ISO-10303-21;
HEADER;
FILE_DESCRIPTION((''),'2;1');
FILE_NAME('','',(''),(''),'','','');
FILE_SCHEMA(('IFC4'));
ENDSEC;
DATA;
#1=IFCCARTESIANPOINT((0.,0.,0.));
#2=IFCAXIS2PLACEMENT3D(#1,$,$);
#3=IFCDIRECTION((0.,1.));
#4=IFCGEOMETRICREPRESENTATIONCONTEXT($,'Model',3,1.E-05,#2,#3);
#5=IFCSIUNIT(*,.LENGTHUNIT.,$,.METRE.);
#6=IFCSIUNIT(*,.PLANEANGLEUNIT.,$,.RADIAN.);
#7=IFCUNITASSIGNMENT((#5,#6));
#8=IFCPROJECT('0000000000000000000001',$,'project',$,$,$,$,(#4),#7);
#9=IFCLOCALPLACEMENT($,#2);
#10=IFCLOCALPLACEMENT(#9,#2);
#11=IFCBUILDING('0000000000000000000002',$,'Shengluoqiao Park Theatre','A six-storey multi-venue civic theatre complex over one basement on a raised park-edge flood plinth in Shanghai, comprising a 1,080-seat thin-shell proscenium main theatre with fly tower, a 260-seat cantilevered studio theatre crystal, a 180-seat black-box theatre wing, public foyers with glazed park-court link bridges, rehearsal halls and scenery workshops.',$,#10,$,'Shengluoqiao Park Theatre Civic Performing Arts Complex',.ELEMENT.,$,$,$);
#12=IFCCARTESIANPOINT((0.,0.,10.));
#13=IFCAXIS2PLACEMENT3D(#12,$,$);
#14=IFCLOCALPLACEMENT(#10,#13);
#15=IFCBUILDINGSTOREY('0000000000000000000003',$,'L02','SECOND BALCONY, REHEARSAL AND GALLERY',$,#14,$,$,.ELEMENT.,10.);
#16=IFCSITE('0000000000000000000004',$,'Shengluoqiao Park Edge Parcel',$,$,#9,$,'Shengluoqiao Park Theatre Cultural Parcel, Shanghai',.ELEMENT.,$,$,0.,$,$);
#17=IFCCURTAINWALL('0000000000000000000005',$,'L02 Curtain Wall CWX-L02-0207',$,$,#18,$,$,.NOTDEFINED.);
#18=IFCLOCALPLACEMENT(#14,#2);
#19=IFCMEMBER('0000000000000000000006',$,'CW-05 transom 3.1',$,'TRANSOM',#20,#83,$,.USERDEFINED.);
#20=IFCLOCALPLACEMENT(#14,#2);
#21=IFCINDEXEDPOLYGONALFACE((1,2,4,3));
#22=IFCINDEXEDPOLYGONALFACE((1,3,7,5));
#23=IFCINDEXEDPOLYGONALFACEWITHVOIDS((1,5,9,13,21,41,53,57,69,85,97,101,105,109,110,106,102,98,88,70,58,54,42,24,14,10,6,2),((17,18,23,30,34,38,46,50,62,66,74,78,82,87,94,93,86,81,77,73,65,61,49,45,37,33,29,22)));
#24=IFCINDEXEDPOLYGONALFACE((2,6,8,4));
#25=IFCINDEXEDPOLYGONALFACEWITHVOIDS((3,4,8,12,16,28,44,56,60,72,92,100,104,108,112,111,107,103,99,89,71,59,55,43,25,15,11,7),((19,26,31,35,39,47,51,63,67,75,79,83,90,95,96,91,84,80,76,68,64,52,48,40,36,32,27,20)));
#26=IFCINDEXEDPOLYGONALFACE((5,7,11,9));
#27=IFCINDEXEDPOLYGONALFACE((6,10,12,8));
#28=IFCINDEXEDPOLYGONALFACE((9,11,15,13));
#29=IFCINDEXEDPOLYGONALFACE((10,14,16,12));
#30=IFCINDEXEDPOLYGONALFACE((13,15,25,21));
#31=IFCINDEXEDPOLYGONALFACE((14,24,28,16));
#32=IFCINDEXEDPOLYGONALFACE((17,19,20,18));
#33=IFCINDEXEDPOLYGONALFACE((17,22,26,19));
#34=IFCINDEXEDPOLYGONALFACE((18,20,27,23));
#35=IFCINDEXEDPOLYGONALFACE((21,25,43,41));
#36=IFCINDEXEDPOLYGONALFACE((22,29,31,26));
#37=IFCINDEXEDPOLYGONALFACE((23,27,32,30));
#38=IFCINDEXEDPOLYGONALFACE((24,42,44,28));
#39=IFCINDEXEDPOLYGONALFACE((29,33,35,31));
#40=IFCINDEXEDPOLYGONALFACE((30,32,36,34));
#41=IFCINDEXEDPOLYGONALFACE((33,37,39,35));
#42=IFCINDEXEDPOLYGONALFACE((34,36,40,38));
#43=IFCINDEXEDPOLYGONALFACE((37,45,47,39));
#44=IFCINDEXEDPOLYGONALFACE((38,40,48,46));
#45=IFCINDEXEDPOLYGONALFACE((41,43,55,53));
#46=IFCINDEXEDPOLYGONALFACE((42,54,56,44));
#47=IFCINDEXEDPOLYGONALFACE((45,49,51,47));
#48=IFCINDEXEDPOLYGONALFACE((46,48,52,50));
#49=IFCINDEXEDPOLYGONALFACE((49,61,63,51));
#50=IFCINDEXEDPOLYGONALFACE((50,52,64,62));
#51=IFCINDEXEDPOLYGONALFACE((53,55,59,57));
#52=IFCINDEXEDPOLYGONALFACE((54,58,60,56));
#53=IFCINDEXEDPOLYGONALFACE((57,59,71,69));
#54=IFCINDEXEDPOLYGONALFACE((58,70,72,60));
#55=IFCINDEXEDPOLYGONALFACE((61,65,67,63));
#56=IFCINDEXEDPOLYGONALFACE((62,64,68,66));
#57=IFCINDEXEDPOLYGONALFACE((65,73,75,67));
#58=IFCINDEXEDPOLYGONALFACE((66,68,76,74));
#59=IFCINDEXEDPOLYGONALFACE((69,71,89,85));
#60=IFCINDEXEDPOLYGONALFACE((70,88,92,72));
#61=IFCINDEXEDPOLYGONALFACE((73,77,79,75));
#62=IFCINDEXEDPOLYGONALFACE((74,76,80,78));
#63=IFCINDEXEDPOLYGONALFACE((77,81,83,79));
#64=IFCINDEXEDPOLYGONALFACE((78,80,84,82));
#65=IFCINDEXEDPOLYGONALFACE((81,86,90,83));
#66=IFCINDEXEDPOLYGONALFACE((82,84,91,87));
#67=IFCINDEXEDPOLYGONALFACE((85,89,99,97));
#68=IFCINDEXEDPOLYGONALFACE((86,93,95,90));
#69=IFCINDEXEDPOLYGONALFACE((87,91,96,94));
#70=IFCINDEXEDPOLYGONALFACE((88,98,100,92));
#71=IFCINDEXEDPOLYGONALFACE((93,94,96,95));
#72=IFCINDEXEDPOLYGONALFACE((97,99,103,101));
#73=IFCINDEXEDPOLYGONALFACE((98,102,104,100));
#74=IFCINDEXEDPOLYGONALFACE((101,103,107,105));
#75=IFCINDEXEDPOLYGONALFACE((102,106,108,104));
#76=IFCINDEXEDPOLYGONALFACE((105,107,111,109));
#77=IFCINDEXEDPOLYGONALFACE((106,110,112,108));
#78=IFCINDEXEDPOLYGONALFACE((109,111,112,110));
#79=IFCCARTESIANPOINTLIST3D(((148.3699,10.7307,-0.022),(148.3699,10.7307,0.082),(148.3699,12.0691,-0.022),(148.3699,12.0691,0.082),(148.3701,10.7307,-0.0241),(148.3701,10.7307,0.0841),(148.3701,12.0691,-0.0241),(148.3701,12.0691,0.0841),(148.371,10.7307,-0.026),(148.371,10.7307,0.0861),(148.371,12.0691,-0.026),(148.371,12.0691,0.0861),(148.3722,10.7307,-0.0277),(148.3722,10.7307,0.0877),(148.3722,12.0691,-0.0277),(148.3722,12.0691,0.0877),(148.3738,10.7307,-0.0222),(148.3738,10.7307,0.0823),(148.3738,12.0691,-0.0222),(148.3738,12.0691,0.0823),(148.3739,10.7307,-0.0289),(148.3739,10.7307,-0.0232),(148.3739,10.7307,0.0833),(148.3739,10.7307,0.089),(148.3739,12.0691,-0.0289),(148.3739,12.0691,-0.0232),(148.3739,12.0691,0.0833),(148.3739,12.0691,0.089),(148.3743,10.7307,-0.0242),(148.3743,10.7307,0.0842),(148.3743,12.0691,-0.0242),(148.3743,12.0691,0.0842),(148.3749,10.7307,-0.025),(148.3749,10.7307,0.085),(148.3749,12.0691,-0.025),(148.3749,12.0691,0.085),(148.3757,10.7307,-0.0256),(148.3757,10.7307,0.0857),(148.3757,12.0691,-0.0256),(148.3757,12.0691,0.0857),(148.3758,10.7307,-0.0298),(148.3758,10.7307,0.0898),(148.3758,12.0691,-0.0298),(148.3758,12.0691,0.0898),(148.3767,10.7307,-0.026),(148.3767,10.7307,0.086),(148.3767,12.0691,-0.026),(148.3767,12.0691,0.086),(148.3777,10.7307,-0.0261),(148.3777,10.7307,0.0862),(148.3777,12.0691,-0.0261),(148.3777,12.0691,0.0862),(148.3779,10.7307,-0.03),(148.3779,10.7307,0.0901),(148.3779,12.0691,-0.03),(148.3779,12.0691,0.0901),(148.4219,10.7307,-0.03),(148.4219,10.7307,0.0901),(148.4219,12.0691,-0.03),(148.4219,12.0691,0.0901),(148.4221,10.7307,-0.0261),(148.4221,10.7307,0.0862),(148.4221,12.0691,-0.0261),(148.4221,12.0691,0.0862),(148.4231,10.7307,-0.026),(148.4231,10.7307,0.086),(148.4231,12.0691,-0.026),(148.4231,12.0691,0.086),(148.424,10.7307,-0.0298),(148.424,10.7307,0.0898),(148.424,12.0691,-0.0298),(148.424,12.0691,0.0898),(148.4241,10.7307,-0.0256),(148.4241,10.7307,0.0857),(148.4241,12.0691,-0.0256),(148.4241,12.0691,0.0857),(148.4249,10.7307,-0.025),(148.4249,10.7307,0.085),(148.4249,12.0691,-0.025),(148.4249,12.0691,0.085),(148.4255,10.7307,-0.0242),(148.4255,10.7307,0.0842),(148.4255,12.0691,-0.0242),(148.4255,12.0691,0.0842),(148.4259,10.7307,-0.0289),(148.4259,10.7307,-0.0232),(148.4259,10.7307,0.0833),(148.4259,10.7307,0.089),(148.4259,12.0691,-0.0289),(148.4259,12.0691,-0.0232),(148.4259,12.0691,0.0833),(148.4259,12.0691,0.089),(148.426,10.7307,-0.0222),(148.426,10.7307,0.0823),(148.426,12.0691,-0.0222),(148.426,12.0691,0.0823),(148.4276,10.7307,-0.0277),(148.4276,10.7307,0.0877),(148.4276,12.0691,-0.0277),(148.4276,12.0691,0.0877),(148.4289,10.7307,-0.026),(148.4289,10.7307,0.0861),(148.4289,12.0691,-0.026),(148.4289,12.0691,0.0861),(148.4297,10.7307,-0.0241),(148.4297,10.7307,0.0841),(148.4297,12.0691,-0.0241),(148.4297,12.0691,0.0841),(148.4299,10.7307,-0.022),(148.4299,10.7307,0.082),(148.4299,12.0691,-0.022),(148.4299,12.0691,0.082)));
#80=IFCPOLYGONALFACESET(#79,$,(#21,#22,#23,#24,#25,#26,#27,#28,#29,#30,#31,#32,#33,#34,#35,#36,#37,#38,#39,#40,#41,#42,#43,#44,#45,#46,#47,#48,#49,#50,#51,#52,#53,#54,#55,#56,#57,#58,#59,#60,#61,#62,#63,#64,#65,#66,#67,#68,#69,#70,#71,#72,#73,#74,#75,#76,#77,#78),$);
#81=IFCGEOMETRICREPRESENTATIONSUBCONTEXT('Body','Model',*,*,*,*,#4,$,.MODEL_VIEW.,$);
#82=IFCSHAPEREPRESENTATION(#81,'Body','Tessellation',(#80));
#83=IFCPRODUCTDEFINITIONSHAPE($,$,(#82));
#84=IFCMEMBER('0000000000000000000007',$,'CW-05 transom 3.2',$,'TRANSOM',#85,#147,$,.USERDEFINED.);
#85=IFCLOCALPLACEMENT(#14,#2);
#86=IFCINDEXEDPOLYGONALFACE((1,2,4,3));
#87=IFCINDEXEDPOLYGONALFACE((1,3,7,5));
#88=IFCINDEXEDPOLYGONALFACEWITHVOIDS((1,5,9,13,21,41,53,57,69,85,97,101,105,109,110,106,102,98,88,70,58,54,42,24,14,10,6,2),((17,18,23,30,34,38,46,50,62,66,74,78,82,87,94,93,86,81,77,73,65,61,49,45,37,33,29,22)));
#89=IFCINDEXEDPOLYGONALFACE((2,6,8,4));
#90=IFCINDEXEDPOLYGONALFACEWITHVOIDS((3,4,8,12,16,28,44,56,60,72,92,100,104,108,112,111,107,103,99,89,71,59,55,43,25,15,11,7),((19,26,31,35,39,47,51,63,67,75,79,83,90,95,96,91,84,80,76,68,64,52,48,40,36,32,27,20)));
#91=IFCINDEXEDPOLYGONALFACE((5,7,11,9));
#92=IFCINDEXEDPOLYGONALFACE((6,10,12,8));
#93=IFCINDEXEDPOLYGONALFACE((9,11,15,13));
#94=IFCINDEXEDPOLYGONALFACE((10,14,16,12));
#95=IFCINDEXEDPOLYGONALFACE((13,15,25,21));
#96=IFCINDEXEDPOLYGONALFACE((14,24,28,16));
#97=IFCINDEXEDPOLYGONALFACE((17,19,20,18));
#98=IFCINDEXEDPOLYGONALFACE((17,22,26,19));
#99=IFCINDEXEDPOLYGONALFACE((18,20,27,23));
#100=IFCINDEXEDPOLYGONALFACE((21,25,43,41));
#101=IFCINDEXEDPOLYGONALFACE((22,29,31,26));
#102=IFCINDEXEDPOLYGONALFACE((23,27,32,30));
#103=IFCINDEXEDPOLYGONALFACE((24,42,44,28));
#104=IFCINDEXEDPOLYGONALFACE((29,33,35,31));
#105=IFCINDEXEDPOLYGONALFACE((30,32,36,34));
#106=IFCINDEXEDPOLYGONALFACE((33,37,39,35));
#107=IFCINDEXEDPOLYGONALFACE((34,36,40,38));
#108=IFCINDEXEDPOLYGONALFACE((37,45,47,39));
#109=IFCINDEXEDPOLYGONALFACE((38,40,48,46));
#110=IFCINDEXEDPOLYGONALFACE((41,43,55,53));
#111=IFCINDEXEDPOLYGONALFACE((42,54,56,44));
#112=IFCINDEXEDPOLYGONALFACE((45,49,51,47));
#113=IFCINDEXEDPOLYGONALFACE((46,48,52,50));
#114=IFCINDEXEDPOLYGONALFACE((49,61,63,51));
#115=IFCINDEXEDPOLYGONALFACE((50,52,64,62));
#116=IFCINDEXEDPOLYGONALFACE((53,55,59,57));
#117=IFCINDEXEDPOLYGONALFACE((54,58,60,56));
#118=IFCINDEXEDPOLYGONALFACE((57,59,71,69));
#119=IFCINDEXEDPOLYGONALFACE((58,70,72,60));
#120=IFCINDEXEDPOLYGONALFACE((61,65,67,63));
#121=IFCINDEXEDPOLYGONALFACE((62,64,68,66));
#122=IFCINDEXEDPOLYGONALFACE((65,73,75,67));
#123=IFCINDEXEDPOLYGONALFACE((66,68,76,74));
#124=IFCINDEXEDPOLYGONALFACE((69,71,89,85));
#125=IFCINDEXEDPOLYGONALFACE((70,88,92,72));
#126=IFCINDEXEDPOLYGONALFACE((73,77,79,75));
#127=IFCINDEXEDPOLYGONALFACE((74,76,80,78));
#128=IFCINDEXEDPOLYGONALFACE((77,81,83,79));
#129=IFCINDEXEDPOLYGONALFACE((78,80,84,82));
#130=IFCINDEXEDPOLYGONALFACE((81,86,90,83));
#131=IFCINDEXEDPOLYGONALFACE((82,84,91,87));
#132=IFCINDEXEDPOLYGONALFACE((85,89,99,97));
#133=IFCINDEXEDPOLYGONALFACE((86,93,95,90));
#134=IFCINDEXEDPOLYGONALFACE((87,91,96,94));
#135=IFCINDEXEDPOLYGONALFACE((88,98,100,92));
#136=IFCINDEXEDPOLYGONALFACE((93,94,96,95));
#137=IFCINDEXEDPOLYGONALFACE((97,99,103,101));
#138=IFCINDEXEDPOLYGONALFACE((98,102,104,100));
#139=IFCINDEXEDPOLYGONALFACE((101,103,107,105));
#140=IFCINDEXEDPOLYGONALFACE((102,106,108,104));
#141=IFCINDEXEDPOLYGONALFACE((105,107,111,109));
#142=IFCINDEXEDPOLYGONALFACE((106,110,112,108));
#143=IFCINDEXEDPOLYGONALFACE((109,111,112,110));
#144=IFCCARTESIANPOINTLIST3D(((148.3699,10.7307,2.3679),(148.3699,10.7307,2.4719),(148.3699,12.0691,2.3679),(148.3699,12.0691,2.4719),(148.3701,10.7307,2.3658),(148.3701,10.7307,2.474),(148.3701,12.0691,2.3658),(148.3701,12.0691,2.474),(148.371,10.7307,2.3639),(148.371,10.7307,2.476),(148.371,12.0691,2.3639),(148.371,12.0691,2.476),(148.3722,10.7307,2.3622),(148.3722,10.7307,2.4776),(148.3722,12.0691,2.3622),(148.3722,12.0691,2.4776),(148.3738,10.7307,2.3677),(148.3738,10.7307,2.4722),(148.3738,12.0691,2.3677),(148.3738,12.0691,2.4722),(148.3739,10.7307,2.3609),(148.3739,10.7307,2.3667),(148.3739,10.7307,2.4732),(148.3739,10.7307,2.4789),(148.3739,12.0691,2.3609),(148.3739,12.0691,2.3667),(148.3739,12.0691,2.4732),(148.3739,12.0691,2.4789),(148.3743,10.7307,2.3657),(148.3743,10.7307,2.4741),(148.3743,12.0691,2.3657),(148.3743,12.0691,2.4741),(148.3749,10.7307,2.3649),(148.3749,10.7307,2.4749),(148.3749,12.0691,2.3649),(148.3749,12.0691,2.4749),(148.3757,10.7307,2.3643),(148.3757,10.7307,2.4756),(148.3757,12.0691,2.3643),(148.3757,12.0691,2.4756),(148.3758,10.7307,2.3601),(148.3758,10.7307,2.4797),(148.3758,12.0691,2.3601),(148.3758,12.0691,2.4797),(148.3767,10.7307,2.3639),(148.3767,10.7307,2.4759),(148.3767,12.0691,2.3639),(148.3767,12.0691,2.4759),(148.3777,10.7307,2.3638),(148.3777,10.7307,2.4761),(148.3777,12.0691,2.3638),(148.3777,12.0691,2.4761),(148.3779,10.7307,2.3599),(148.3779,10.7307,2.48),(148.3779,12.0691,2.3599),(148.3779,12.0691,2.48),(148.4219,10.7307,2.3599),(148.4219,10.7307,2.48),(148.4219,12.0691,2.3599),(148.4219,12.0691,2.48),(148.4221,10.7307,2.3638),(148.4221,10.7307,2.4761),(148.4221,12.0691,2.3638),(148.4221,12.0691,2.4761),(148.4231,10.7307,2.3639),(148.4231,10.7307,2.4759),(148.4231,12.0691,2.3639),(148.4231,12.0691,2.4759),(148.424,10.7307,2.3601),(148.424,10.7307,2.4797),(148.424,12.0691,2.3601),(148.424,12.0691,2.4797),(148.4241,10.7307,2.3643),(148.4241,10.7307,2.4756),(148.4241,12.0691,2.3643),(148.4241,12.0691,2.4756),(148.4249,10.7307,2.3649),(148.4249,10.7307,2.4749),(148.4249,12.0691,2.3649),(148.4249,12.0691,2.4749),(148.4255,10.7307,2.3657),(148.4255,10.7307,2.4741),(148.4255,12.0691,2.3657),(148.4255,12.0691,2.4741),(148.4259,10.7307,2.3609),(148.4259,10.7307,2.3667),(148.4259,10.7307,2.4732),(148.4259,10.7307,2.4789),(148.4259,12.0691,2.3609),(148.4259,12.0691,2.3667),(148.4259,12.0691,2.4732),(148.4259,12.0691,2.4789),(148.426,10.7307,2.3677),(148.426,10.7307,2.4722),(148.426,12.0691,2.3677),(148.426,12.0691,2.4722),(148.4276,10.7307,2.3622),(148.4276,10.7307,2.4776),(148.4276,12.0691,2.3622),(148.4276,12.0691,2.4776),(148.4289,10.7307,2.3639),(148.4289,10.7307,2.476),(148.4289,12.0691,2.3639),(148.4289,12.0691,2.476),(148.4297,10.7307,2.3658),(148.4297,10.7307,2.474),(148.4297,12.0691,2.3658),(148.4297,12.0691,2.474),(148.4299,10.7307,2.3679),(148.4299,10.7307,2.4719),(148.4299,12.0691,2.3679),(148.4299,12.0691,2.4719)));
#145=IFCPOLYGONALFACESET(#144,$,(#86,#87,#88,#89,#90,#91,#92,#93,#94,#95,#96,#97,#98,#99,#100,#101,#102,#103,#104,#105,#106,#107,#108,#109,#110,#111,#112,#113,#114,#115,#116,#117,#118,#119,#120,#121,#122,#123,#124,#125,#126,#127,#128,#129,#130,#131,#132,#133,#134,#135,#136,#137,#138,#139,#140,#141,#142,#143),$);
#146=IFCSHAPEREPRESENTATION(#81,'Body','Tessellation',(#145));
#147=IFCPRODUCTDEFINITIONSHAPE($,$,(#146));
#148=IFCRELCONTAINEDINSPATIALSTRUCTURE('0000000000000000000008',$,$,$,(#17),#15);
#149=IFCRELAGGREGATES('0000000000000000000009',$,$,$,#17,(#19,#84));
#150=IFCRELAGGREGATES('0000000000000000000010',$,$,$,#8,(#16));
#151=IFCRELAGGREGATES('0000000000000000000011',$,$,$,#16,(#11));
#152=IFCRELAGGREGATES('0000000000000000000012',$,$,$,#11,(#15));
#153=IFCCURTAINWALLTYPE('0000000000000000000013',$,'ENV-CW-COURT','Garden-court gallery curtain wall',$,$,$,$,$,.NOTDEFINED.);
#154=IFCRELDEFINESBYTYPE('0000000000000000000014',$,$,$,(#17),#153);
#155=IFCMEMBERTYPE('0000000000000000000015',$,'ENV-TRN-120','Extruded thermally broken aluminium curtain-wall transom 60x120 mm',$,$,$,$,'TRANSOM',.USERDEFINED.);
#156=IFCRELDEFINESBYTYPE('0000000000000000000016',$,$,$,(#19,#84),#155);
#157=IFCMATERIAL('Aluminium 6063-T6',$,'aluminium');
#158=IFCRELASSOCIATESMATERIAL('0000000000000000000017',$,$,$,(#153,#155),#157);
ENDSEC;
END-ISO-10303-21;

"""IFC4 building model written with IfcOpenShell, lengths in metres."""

from ifc_helpers import new_model, si_unit, direction, frame, origin, origin_2d, place, context, subcontext, project, spatial, hollow_rectangle, extrude, material, material_profile, profile_set, type_object, element, aggregate, save


model = new_model("IFC4")

# Units and contexts
model_context = context("Model", 3, precision=1e-05, world=origin(), true_north=direction((0.0, 1.0)))
body_context = subcontext(model_context, "Body", "Model", "MODEL_VIEW")
ifc_project = project(units=[si_unit("LENGTHUNIT", "METRE"), si_unit("PLANEANGLEUNIT", "RADIAN")], contexts=[model_context])

# Site, building, storey
site_placement = place(None, origin())
site = spatial("IfcSite", under=ifc_project, at=site_placement, Name="Shengluoqiao Park Edge Parcel", LongName="Shengluoqiao Park Theatre Cultural Parcel, Shanghai", CompositionType="ELEMENT", RefElevation=0.0)
building_placement = place(site_placement, origin())
building = spatial("IfcBuilding", under=site, at=building_placement, Name="Shengluoqiao Park Theatre", Description="A six-storey multi-venue civic theatre complex over one basement on a raised park-edge flood plinth in Shanghai, comprising a 1,080-seat thin-shell proscenium main theatre with fly tower, a 260-seat cantilevered studio theatre crystal, a 180-seat black-box theatre wing, public foyers with glazed park-court link bridges, rehearsal halls and scenery workshops.", LongName="Shengluoqiao Park Theatre Civic Performing Arts Complex", CompositionType="ELEMENT")
storey_placement = place(building_placement, frame((0.0, 0.0, 10.0)))
storey = spatial("IfcBuildingStorey", under=building, at=storey_placement, Name="L02", Description="SECOND BALCONY, REHEARSAL AND GALLERY", CompositionType="ELEMENT", Elevation=10.0)

# Curtain wall, members
ifc_material_1 = material(Name="Aluminium 6063-T6", Category="aluminium")
curtain_wall_type = type_object("IfcCurtainWallType", Name="ENV-CW-COURT", Description="Garden-court gallery curtain wall", PredefinedType="NOTDEFINED", material=ifc_material_1)
curtain_wall_placement = place(storey_placement, origin())
curtain_wall = element("IfcCurtainWall", 1, at=curtain_wall_placement, inside=storey, type_object=curtain_wall_type, Name="L02 Curtain Wall CWX-L02-0207", PredefinedType="NOTDEFINED")
ifc_material_profile_1 = material_profile(ifc_material_1, hollow_rectangle(XDim=0.0601, YDim=0.1201, WallThickness=0.0039, InnerFilletRadius=0.0039, OuterFilletRadius=0.0081, at=origin_2d()), Name="ALU TRANSOM 120x60x4")
ifc_profile_set_1 = profile_set([ifc_material_profile_1], Name="Aluminium 6063-T6")
member_type_1 = type_object("IfcMemberType", Name="ENV-TRN-120", Description="Extruded thermally broken aluminium curtain-wall transom 60x120 mm", ElementType="TRANSOM", PredefinedType="USERDEFINED", material=ifc_profile_set_1)
member_1_placement = place(storey_placement, frame((148.3999, 10.7307, 0.03), z_axis=(0.0, 1.0, 0.0), x_axis=(-1.0, 0.0, 0.0)))
member_1 = element("IfcMember", 2, at=member_1_placement, type_object=member_type_1, Name="CW-05 transom 3.1", ObjectType="TRANSOM", PredefinedType="USERDEFINED", context=body_context, shape_type="SweptSolid", body=[
    extrude(hollow_rectangle(XDim=0.0601, YDim=0.1201, WallThickness=0.0039, InnerFilletRadius=0.0039, OuterFilletRadius=0.0081, at=origin_2d()), origin(), (0.0, 0.0, 1.0), 1.3384),
])
member_2_placement = place(storey_placement, frame((148.3999, 10.7307, 2.4199), z_axis=(0.0, 1.0, 0.0), x_axis=(-1.0, 0.0, 0.0)))
member_2 = element("IfcMember", 3, at=member_2_placement, type_object=member_type_1, Name="CW-05 transom 3.2", ObjectType="TRANSOM", PredefinedType="USERDEFINED", context=body_context, shape_type="SweptSolid", body=[
    extrude(hollow_rectangle(XDim=0.0601, YDim=0.1201, WallThickness=0.0039, InnerFilletRadius=0.0039, OuterFilletRadius=0.0081, at=origin_2d()), origin(), (0.0, 0.0, 1.0), 1.3384),
])

aggregate(curtain_wall, [member_1, member_2])

save(model, "model.ifc")
